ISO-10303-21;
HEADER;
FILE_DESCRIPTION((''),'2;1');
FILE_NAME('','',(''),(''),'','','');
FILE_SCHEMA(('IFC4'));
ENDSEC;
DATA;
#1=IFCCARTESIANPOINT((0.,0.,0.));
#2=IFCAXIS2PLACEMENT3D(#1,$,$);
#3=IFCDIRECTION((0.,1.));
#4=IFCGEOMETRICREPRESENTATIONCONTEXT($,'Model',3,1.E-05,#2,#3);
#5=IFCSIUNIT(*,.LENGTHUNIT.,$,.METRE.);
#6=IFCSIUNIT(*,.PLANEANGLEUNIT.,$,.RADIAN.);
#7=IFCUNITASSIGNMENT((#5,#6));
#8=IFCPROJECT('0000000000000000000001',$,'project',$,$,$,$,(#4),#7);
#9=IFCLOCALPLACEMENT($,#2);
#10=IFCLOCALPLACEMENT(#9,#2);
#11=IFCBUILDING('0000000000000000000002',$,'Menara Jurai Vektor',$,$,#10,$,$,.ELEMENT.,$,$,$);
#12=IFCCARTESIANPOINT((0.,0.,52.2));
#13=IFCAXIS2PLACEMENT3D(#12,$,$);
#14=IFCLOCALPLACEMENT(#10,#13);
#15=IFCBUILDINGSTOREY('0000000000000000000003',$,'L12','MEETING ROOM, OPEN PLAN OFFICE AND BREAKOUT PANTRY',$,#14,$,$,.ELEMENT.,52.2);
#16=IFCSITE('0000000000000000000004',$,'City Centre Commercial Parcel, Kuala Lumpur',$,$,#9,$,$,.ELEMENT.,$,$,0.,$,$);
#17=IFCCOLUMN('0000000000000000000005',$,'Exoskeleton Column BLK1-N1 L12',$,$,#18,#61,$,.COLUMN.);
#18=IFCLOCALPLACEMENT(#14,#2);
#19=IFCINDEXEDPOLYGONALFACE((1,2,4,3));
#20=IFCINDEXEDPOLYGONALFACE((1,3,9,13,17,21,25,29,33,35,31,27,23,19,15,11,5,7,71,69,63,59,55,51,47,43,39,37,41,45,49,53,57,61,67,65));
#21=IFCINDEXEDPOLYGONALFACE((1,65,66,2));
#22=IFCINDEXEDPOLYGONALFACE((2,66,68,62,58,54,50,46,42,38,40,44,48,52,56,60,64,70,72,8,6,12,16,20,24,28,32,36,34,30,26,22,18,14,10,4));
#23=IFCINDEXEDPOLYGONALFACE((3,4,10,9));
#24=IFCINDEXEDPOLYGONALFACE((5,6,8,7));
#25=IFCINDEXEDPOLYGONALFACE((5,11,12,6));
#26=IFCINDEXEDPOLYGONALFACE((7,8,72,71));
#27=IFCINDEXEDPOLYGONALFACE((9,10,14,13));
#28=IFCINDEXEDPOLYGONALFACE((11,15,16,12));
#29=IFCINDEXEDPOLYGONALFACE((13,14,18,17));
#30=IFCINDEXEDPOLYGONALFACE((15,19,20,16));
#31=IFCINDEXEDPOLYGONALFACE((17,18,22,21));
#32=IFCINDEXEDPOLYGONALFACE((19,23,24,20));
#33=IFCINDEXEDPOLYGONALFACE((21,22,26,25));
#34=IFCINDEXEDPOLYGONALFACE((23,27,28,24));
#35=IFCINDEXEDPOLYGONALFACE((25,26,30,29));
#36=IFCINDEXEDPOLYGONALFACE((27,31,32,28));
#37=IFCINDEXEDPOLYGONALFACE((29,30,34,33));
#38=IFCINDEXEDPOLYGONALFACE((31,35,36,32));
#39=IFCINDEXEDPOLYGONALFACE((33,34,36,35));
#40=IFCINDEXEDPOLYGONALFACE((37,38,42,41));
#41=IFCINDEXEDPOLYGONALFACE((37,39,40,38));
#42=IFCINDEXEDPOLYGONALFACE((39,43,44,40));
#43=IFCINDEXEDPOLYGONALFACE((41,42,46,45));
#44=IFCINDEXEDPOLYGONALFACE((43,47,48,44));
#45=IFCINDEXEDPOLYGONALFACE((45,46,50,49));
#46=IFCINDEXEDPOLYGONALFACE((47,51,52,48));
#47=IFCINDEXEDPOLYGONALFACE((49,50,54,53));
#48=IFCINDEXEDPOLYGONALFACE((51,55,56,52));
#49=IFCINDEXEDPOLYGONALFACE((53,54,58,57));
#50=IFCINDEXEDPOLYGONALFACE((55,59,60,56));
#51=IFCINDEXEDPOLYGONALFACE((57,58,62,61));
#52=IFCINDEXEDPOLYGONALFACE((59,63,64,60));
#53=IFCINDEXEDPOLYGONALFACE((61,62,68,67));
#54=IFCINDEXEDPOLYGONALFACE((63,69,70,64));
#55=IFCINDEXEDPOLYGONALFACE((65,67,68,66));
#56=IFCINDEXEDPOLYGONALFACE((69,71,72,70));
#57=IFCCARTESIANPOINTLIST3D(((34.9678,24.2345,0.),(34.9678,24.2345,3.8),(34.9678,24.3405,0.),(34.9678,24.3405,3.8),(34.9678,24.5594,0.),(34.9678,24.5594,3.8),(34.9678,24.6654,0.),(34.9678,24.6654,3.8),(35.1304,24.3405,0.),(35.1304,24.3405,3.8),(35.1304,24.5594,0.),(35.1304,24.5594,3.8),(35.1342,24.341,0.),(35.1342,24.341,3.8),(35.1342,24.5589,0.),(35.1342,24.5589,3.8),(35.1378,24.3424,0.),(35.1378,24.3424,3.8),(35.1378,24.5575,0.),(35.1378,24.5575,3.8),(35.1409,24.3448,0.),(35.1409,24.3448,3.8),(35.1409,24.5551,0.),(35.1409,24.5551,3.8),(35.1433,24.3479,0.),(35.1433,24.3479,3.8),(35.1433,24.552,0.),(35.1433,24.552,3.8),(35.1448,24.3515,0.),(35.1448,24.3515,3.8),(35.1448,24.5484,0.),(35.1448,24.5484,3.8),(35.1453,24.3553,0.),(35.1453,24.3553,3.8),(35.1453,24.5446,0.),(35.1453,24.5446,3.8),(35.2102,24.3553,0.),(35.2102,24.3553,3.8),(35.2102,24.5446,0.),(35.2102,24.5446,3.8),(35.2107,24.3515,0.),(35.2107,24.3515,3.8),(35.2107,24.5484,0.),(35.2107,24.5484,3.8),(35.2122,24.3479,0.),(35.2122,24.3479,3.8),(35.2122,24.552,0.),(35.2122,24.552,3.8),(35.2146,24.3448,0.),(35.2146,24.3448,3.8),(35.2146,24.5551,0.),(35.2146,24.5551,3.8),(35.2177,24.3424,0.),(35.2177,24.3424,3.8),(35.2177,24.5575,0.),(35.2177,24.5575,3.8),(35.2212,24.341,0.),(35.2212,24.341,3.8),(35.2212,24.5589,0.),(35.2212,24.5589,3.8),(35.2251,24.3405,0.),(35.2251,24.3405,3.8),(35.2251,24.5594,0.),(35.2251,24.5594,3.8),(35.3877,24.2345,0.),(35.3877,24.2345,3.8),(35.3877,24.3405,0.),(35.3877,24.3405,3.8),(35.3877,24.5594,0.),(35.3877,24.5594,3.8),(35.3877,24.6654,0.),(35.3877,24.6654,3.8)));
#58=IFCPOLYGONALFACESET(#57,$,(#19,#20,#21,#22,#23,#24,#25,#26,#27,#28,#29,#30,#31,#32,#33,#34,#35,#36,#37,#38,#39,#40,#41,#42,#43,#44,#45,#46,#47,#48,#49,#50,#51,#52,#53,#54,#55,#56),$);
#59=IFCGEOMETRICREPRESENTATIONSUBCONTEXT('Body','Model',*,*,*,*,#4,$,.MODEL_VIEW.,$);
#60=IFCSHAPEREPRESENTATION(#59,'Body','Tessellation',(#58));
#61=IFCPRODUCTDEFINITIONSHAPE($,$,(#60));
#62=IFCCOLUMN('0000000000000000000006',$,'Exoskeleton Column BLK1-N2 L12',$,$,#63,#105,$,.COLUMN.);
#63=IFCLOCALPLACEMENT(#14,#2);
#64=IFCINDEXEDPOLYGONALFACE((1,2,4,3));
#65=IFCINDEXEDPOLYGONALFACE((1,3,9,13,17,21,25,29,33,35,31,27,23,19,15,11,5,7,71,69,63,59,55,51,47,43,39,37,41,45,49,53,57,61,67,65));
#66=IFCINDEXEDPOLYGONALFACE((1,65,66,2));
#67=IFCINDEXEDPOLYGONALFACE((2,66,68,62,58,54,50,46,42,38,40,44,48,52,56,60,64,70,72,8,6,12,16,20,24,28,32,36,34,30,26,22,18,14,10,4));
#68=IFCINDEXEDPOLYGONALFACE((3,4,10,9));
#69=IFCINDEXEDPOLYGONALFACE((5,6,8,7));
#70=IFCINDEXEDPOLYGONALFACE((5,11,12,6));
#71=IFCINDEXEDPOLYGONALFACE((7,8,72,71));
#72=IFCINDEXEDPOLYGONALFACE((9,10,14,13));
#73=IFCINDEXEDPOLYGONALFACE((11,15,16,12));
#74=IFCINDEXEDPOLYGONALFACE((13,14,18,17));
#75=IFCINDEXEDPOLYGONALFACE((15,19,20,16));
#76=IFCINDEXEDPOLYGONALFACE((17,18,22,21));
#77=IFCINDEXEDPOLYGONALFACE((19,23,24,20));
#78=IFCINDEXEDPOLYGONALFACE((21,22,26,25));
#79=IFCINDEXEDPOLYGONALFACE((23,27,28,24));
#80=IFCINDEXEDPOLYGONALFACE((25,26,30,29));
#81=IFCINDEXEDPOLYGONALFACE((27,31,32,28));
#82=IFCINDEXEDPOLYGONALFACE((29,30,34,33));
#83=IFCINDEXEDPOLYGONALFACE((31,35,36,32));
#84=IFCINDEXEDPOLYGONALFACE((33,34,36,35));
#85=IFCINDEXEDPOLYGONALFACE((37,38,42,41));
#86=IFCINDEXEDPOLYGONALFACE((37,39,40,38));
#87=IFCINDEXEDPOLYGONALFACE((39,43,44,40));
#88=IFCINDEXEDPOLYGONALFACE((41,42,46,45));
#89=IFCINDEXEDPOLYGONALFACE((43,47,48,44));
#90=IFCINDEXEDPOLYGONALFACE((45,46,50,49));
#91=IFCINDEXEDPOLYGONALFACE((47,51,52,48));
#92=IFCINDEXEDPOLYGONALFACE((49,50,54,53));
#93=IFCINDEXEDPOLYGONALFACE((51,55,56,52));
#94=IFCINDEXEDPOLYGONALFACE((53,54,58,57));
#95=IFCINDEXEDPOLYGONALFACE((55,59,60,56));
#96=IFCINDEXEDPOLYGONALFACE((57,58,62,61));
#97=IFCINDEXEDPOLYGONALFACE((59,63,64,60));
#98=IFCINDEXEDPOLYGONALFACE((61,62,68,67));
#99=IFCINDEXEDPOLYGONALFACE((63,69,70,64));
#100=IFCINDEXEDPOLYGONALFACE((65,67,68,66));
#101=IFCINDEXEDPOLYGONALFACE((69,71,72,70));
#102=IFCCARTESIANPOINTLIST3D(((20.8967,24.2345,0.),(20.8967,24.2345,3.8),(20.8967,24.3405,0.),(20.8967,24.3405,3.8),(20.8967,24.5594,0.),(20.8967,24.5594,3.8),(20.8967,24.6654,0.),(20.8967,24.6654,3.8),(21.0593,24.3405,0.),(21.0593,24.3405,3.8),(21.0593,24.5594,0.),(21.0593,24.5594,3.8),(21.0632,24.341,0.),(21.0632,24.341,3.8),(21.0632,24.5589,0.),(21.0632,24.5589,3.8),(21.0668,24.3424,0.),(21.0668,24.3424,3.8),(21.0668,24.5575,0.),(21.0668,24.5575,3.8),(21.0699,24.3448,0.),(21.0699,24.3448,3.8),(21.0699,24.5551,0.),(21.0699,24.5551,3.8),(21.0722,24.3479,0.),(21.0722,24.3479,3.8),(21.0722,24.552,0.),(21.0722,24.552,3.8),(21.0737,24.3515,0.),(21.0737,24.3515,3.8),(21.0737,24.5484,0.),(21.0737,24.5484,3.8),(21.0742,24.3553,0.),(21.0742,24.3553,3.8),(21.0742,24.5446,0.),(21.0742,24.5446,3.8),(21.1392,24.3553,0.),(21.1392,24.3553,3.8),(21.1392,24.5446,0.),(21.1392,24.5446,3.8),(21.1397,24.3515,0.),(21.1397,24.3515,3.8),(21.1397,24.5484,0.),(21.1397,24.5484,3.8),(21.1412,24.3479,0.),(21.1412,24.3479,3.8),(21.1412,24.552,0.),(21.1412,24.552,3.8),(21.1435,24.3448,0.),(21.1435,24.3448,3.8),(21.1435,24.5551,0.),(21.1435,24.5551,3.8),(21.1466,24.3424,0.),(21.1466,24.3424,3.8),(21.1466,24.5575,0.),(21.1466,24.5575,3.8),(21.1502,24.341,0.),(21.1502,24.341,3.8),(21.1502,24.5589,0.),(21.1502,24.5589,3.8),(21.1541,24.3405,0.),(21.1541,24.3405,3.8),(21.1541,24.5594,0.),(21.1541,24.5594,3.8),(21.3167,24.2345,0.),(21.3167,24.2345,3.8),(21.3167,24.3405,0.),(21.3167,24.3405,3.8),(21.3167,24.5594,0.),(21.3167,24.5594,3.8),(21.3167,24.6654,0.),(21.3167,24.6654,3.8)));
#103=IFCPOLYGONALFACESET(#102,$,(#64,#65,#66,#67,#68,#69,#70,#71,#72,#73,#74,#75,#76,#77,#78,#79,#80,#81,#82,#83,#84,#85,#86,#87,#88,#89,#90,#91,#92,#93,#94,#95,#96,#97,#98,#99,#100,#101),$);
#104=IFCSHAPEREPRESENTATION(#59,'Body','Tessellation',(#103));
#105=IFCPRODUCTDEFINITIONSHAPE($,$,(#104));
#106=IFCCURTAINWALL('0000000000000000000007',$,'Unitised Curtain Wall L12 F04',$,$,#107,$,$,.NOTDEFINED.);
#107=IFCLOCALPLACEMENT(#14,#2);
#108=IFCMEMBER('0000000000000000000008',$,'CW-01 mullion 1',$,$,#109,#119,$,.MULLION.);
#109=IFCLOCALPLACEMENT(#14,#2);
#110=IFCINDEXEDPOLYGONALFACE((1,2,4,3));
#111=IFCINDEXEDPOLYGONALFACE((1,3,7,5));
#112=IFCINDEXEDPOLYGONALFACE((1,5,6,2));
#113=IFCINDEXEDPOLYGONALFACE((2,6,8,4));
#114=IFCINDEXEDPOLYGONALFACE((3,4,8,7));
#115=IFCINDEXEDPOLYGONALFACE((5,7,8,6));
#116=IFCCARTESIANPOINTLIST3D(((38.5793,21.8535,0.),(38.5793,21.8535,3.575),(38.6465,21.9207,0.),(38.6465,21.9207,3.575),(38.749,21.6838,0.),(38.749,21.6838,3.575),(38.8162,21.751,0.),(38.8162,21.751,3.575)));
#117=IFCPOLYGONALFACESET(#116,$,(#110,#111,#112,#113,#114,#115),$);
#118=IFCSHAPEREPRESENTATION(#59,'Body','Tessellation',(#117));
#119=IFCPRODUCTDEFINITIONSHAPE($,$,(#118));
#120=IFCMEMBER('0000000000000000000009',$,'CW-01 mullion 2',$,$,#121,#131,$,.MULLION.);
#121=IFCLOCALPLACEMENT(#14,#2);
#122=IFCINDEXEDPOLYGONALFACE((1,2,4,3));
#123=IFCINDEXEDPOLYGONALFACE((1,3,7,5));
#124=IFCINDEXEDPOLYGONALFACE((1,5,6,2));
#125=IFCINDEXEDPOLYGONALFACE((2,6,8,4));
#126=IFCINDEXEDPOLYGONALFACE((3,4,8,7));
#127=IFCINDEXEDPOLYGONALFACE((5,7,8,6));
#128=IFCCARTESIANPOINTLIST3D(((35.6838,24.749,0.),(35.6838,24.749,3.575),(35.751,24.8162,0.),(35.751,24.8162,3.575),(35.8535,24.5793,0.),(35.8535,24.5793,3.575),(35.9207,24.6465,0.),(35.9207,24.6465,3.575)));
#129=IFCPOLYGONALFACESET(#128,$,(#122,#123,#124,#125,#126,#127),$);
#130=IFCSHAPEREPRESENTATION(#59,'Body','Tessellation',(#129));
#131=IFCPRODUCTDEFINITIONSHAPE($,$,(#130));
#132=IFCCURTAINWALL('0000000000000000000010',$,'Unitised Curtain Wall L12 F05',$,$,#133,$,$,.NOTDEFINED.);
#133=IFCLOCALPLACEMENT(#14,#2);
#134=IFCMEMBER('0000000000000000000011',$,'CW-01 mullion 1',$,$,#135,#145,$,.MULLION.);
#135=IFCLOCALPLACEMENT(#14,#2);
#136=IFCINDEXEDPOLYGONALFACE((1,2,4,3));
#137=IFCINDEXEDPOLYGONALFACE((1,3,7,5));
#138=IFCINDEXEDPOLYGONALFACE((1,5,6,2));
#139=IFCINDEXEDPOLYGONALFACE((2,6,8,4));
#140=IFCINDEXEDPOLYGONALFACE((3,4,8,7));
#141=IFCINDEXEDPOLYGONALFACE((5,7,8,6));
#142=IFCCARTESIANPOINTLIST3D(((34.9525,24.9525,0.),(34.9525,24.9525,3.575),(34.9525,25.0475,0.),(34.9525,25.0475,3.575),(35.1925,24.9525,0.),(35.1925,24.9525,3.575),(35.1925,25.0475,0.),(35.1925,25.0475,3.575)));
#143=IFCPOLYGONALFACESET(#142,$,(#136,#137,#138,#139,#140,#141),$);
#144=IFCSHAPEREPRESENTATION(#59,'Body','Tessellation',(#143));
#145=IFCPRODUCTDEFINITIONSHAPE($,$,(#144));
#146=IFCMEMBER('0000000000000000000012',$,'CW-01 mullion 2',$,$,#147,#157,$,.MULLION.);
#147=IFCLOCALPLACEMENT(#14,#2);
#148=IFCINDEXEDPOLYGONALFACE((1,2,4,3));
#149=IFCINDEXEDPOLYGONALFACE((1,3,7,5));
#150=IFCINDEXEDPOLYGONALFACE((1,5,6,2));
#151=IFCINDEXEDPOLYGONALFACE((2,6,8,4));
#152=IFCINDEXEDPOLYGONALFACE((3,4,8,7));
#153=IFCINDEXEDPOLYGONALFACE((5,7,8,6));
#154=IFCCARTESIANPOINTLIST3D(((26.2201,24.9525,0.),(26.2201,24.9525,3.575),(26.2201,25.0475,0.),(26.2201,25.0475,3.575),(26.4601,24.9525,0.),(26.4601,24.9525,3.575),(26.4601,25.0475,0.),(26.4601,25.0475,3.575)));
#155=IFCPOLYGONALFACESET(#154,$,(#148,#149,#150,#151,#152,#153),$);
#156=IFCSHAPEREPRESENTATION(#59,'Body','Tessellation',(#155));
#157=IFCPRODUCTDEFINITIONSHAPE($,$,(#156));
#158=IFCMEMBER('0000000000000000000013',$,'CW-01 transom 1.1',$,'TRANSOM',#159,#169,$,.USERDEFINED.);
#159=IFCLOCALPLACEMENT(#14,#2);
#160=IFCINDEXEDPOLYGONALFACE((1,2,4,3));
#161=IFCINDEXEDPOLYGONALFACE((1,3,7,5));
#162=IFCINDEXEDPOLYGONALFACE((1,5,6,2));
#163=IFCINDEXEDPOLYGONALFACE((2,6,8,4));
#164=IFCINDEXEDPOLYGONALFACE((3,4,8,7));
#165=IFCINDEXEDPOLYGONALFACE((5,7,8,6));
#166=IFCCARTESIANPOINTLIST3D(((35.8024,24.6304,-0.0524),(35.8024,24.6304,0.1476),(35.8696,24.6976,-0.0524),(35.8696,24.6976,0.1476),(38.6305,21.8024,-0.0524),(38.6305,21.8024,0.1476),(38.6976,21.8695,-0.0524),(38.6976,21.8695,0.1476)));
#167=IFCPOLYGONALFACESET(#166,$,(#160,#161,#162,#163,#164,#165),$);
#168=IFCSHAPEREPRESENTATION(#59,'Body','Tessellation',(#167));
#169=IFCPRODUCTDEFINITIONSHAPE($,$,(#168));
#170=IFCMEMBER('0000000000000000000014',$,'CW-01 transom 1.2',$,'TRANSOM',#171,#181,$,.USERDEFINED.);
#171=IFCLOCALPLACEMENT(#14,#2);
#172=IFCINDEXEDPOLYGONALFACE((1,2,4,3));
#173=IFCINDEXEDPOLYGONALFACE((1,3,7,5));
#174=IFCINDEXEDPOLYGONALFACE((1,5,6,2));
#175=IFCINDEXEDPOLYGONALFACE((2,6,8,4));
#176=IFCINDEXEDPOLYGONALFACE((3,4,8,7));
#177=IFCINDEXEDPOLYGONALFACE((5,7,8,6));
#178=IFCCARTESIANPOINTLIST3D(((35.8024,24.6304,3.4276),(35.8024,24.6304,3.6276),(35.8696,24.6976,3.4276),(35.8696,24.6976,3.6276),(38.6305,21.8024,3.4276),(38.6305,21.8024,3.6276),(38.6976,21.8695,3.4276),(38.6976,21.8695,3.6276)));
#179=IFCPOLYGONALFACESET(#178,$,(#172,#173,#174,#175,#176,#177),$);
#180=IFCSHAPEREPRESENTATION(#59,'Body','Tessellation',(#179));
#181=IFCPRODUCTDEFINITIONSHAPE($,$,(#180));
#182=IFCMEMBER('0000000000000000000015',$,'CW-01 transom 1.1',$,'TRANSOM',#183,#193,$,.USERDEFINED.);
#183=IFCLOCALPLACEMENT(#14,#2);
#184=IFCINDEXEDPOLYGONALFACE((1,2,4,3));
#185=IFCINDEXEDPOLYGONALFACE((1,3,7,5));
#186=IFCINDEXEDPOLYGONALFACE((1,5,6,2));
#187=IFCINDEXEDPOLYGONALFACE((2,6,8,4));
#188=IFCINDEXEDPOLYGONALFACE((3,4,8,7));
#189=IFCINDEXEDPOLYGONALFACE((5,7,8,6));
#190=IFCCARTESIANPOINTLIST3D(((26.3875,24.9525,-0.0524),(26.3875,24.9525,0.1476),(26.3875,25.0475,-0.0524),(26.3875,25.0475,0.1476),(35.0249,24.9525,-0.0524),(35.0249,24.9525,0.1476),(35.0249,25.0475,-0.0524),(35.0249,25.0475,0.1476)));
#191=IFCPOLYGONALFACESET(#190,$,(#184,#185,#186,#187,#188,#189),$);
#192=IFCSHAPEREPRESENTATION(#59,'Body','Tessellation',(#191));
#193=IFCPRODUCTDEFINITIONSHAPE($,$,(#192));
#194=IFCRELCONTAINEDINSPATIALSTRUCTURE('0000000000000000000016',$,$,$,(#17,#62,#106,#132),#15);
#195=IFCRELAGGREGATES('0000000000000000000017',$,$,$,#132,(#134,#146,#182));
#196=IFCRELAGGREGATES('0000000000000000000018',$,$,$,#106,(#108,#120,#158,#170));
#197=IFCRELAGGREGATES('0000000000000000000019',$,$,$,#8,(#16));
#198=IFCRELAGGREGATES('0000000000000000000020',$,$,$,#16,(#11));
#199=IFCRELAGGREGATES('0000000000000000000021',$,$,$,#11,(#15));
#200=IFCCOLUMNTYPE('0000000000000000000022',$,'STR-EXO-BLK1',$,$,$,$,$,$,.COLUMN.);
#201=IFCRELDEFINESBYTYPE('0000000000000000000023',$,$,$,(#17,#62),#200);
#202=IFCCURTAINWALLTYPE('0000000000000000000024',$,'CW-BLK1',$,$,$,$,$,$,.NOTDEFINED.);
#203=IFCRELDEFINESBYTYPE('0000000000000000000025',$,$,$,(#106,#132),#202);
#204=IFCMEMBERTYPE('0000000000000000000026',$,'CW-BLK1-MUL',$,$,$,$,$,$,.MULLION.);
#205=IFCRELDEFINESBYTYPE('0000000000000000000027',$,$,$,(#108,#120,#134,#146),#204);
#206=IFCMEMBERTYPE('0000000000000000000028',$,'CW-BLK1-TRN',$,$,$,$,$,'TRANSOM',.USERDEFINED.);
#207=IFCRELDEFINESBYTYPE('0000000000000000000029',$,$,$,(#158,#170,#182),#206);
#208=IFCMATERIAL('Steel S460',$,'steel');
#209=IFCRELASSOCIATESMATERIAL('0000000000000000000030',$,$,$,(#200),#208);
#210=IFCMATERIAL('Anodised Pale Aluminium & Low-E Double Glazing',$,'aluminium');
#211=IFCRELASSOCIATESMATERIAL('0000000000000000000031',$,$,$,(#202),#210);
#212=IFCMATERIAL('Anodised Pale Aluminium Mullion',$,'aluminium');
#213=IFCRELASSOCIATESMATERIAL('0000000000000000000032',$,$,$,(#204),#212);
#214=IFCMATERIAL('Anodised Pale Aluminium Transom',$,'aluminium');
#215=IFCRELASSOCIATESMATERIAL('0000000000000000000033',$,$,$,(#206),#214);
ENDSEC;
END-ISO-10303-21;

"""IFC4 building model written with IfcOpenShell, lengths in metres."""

from ifc_helpers import new_model, si_unit, direction, frame, origin, origin_2d, place, context, subcontext, project, spatial, rectangle, i_section, extrude, material, material_profile, profile_set, type_object, element, aggregate, save


model = new_model("IFC4")

# Units and contexts
model_context = context("Model", 3, precision=1e-05, world=origin(), true_north=direction((0.0, 1.0)))
body_context = subcontext(model_context, "Body", "Model", "MODEL_VIEW")
ifc_project = project(units=[si_unit("LENGTHUNIT", "METRE"), si_unit("PLANEANGLEUNIT", "RADIAN")], contexts=[model_context])

# Site, building, storey
site_placement = place(None, origin())
site = spatial("IfcSite", under=ifc_project, at=site_placement, Name="City Centre Commercial Parcel, Kuala Lumpur", CompositionType="ELEMENT", RefElevation=0.0)
building_placement = place(site_placement, origin())
building = spatial("IfcBuilding", under=site, at=building_placement, Name="Menara Jurai Vektor", CompositionType="ELEMENT")
storey_placement = place(building_placement, frame((0.0, 0.0, 52.2)))
storey = spatial("IfcBuildingStorey", under=building, at=storey_placement, Name="L12", Description="MEETING ROOM, OPEN PLAN OFFICE AND BREAKOUT PANTRY", CompositionType="ELEMENT", Elevation=52.2)

# Columns
ifc_material_1 = material(Name="Steel S460", Category="steel")
ifc_material_profile_1 = material_profile(ifc_material_1, i_section(OverallWidth=0.4199, OverallDepth=0.4309, WebThickness=0.0649, FlangeThickness=0.106, FilletRadius=0.0149, at=origin_2d()), Name="HD 400x900")
ifc_profile_set_1 = profile_set([ifc_material_profile_1], Name="Steel S460")
column_type = type_object("IfcColumnType", Name="STR-EXO-BLK1", PredefinedType="COLUMN", material=ifc_profile_set_1)
for number, where, z_axis, x_axis, name in (
    (1, (35.1777, 24.45, 0.0), (0.0, 0.0, 1.0), (1.0, 0.0, 0.0), "Exoskeleton Column BLK1-N1 L12"),
    (2, (21.1067, 24.45, 0.0), (0.0, 0.0, 1.0), (1.0, 0.0, 0.0), "Exoskeleton Column BLK1-N2 L12"),
):
    element("IfcColumn", number, at=place(storey_placement, frame(where, z_axis=z_axis, x_axis=x_axis)), inside=storey, type_object=column_type, Name=name, PredefinedType="COLUMN", context=body_context, shape_type="SweptSolid", body=[
        extrude(i_section(OverallWidth=0.4199, OverallDepth=0.4309, WebThickness=0.0649, FlangeThickness=0.106, FilletRadius=0.0149, at=origin_2d()), origin(), (0.0, 0.0, 1.0), 3.8),
    ])

# Curtain walls, members
ifc_material_2 = material(Name="Anodised Pale Aluminium & Low-E Double Glazing", Category="aluminium")
curtain_wall_type = type_object("IfcCurtainWallType", Name="CW-BLK1", PredefinedType="NOTDEFINED", material=ifc_material_2)
curtain_wall_1_placement = place(storey_placement, origin())
curtain_wall_1 = element("IfcCurtainWall", 3, at=curtain_wall_1_placement, inside=storey, type_object=curtain_wall_type, Name="Unitised Curtain Wall L12 F04", PredefinedType="NOTDEFINED")
ifc_material_3 = material(Name="Anodised Pale Aluminium Mullion", Category="aluminium")
ifc_material_profile_2 = material_profile(ifc_material_3, rectangle(XDim=0.095, YDim=0.24, at=origin_2d()), Name="ALU MUL 95x240")
ifc_profile_set_2 = profile_set([ifc_material_profile_2], Name="Anodised Pale Aluminium Mullion")
member_type_1 = type_object("IfcMemberType", Name="CW-BLK1-MUL", PredefinedType="MULLION", material=ifc_profile_set_2)
member_1_placement = place(storey_placement, frame((38.6978, 21.8022, 0.0), z_axis=(0.0, 0.0, 1.0), x_axis=(-0.707107, -0.707107, 0.0)))
member_1 = element("IfcMember", 4, at=member_1_placement, type_object=member_type_1, Name="CW-01 mullion 1", PredefinedType="MULLION", context=body_context, shape_type="SweptSolid", body=[
    extrude(rectangle(XDim=0.095, YDim=0.24, at=origin_2d()), origin(), (0.0, 0.0, 1.0), 3.575),
])
member_2_placement = place(storey_placement, frame((35.8022, 24.6978, 0.0), z_axis=(0.0, 0.0, 1.0), x_axis=(-0.707107, -0.707107, 0.0)))
member_2 = element("IfcMember", 5, at=member_2_placement, type_object=member_type_1, Name="CW-01 mullion 2", PredefinedType="MULLION", context=body_context, shape_type="SweptSolid", body=[
    extrude(rectangle(XDim=0.095, YDim=0.24, at=origin_2d()), origin(), (0.0, 0.0, 1.0), 3.575),
])
curtain_wall_2_placement = place(storey_placement, origin())
curtain_wall_2 = element("IfcCurtainWall", 6, at=curtain_wall_2_placement, inside=storey, type_object=curtain_wall_type, Name="Unitised Curtain Wall L12 F05", PredefinedType="NOTDEFINED")
member_3_placement = place(storey_placement, frame((35.0725, 25.0, 0.0), z_axis=(0.0, 0.0, 1.0), x_axis=(0.0, -1.0, 0.0)))
member_3 = element("IfcMember", 7, at=member_3_placement, type_object=member_type_1, Name="CW-01 mullion 1", PredefinedType="MULLION", context=body_context, shape_type="SweptSolid", body=[
    extrude(rectangle(XDim=0.095, YDim=0.24, at=origin_2d()), origin(), (0.0, 0.0, 1.0), 3.575),
])
member_4_placement = place(storey_placement, frame((26.3401, 25.0, 0.0), z_axis=(0.0, 0.0, 1.0), x_axis=(0.0, -1.0, 0.0)))
member_4 = element("IfcMember", 8, at=member_4_placement, type_object=member_type_1, Name="CW-01 mullion 2", PredefinedType="MULLION", context=body_context, shape_type="SweptSolid", body=[
    extrude(rectangle(XDim=0.095, YDim=0.24, at=origin_2d()), origin(), (0.0, 0.0, 1.0), 3.575),
])

# Members
ifc_material_4 = material(Name="Anodised Pale Aluminium Transom", Category="aluminium")
ifc_material_profile_3 = material_profile(ifc_material_4, rectangle(XDim=0.095, YDim=0.2, at=origin_2d()), Name="ALU TRN 95x200")
ifc_profile_set_3 = profile_set([ifc_material_profile_3], Name="Anodised Pale Aluminium Transom")
member_type_2 = type_object("IfcMemberType", Name="CW-BLK1-TRN", ElementType="TRANSOM", PredefinedType="USERDEFINED", material=ifc_profile_set_3)
member_5_placement = place(storey_placement, frame((38.6641, 21.8359, 0.0476), z_axis=(-0.707107, 0.707107, 0.0), x_axis=(-0.707107, -0.707107, 0.0)))
member_5 = element("IfcMember", 9, at=member_5_placement, type_object=member_type_2, Name="CW-01 transom 1.1", ObjectType="TRANSOM", PredefinedType="USERDEFINED", context=body_context, shape_type="SweptSolid", body=[
    extrude(rectangle(XDim=0.095, YDim=0.2, at=origin_2d()), origin(), (0.0, 0.0, 1.0), 3.9995),
])
member_6_placement = place(storey_placement, frame((38.6641, 21.8359, 3.5276), z_axis=(-0.707107, 0.707107, 0.0), x_axis=(-0.707107, -0.707107, 0.0)))
member_6 = element("IfcMember", 10, at=member_6_placement, type_object=member_type_2, Name="CW-01 transom 1.2", ObjectType="TRANSOM", PredefinedType="USERDEFINED", context=body_context, shape_type="SweptSolid", body=[
    extrude(rectangle(XDim=0.095, YDim=0.2, at=origin_2d()), origin(), (0.0, 0.0, 1.0), 3.9995),
])
member_7_placement = place(storey_placement, frame((35.0249, 25.0, 0.0476), z_axis=(-1.0, 0.0, 0.0), x_axis=(0.0, -1.0, 0.0)))
member_7 = element("IfcMember", 11, at=member_7_placement, type_object=member_type_2, Name="CW-01 transom 1.1", ObjectType="TRANSOM", PredefinedType="USERDEFINED", context=body_context, shape_type="SweptSolid", body=[
    extrude(rectangle(XDim=0.095, YDim=0.2, at=origin_2d()), origin(), (0.0, 0.0, 1.0), 8.6375),
])

aggregate(curtain_wall_2, [member_3, member_4, member_7])
aggregate(curtain_wall_1, [member_1, member_2, member_5, member_6])

save(model, "model.ifc")
